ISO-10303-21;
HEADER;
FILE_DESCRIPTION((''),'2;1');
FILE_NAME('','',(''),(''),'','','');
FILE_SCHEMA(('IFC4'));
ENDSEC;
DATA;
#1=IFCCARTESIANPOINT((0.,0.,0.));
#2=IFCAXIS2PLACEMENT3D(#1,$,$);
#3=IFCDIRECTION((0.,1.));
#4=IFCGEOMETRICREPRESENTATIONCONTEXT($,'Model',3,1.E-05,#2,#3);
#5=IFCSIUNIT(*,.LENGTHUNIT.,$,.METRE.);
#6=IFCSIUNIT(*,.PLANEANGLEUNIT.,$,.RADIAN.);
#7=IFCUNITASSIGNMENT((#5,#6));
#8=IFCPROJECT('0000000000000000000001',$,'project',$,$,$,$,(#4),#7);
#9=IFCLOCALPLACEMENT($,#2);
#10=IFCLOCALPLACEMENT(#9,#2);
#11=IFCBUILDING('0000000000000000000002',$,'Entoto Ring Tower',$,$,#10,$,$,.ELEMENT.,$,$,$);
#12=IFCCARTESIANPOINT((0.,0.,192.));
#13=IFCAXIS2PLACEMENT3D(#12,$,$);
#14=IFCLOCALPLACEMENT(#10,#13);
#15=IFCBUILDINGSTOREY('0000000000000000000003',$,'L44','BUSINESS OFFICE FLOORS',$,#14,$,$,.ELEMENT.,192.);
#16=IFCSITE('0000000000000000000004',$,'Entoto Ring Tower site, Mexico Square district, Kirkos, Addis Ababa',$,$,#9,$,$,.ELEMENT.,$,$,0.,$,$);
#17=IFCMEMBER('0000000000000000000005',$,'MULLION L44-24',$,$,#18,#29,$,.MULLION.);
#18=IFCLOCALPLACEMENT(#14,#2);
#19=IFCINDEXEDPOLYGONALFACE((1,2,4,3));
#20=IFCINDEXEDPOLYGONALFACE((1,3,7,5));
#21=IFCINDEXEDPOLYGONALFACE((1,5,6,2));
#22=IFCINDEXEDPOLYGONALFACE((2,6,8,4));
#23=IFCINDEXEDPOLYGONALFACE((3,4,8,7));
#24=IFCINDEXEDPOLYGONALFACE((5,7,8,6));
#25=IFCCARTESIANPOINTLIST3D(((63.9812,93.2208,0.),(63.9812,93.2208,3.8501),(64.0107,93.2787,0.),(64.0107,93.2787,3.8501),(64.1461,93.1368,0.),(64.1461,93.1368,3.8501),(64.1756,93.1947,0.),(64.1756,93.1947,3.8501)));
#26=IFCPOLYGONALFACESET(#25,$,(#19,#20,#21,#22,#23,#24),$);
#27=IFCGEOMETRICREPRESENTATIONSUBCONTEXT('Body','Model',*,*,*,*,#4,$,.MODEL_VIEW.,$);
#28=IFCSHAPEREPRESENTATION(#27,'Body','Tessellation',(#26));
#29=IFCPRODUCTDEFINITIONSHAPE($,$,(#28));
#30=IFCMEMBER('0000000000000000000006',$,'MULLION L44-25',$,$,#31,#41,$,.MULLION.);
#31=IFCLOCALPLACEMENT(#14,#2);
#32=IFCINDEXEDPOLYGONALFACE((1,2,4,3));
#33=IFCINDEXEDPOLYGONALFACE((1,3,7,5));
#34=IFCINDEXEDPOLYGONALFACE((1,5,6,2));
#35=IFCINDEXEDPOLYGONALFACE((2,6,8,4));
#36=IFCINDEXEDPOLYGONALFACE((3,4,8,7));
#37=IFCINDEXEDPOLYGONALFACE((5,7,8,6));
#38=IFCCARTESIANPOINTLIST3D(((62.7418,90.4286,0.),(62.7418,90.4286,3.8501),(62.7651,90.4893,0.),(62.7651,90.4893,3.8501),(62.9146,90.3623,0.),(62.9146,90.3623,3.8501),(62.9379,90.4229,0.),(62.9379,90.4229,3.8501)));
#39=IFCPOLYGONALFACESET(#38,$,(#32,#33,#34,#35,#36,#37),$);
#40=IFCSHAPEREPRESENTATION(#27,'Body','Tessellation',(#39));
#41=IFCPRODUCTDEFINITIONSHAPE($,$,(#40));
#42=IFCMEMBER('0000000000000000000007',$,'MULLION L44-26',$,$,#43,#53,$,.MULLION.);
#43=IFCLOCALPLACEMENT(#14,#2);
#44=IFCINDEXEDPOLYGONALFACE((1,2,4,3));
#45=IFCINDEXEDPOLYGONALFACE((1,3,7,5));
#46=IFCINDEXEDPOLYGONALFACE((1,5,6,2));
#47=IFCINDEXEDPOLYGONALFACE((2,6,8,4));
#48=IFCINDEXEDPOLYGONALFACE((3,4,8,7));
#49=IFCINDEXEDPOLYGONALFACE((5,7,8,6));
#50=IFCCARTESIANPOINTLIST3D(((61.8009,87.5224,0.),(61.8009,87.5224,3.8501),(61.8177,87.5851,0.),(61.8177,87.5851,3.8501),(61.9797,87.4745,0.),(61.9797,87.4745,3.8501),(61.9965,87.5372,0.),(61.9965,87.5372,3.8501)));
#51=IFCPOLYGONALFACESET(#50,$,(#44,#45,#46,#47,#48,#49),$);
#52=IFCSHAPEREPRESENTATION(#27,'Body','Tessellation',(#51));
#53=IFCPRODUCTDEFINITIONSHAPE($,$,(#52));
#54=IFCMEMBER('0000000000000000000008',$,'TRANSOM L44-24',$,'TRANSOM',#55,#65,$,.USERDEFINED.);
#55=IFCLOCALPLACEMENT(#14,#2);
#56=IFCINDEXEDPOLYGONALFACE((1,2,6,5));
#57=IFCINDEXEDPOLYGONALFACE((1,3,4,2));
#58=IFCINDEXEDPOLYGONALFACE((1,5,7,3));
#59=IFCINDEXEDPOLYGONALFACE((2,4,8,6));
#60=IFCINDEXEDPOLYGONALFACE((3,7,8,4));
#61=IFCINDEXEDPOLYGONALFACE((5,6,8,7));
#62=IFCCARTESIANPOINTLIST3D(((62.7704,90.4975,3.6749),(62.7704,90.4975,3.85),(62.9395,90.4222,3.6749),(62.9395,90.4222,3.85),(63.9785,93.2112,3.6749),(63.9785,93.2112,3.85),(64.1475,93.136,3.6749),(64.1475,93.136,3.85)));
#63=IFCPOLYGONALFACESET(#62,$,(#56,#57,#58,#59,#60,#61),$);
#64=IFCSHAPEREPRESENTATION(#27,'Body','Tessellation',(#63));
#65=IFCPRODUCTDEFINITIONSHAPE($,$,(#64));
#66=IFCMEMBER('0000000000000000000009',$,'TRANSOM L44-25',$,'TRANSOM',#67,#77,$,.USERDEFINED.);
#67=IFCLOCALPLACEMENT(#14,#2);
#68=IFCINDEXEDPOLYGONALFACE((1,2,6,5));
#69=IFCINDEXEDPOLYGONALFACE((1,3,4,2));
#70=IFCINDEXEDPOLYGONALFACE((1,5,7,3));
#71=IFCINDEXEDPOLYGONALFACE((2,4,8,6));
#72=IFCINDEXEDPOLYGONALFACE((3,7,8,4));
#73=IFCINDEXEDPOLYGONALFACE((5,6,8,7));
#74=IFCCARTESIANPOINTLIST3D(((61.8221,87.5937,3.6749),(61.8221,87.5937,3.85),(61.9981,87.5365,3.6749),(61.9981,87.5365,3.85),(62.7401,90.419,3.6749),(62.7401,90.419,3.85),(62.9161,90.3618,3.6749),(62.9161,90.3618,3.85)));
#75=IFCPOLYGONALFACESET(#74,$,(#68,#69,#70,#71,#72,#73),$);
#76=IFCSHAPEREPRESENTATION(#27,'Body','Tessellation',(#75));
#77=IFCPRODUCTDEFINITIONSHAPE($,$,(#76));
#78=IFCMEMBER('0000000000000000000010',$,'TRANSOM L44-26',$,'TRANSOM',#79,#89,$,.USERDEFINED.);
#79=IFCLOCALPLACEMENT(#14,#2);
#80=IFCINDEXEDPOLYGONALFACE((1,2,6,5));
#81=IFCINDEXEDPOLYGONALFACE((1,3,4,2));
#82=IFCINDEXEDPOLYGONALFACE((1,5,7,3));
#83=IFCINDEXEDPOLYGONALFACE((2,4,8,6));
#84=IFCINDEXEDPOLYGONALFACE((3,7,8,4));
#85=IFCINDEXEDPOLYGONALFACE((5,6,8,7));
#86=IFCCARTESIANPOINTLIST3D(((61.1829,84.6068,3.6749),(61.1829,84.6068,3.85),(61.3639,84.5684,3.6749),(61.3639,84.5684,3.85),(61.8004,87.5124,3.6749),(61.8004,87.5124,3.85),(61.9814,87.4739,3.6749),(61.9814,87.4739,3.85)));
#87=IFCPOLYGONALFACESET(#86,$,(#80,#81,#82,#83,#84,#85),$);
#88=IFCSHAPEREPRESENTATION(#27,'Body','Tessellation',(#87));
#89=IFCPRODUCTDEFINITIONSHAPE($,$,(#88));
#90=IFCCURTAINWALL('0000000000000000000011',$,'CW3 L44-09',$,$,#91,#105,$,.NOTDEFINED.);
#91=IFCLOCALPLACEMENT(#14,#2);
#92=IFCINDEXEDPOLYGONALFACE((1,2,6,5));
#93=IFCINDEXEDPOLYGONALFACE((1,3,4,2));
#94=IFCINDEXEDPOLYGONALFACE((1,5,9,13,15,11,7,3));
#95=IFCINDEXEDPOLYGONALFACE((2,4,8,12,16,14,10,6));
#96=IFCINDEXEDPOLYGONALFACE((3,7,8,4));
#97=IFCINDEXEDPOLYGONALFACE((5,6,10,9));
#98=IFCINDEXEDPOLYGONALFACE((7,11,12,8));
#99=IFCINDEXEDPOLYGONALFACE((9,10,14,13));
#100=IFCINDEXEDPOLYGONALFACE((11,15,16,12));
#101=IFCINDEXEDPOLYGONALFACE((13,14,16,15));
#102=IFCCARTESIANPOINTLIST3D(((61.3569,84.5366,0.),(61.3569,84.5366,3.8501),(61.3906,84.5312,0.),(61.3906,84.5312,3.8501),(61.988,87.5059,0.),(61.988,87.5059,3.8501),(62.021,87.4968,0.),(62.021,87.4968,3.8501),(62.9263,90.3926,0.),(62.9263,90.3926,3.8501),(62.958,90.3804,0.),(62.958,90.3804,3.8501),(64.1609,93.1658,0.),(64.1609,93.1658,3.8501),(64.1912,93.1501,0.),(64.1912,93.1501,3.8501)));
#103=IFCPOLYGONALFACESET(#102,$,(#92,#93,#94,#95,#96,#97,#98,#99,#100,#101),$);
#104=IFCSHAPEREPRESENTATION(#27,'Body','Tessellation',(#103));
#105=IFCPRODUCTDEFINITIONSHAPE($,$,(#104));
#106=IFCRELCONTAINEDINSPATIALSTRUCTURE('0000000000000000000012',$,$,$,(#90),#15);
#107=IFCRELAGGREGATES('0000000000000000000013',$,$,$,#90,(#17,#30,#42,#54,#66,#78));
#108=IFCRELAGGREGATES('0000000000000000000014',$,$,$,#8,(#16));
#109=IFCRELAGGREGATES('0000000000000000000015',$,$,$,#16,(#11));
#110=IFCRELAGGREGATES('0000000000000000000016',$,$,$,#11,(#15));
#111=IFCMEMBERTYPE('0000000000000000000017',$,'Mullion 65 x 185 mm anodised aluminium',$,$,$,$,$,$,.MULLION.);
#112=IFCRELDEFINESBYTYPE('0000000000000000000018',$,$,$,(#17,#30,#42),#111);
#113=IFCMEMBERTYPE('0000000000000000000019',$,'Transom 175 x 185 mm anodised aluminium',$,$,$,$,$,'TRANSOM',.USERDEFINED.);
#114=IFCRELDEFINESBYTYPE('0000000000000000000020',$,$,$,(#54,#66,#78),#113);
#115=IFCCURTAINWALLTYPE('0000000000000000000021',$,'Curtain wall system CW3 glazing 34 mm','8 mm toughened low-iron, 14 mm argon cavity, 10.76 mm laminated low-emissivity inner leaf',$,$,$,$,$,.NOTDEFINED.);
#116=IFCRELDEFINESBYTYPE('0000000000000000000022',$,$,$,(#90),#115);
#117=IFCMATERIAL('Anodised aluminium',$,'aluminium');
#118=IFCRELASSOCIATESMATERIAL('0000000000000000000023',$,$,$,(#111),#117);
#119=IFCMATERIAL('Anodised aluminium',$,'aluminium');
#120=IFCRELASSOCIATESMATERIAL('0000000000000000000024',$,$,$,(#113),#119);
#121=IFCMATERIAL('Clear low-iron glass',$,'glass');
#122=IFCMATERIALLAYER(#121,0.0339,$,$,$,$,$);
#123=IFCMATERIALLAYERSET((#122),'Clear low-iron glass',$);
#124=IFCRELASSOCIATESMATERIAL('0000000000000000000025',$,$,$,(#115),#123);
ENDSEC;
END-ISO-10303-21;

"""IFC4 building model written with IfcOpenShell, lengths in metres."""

from ifc_helpers import new_model, si_unit, direction, frame, origin, origin_2d, place, context, subcontext, project, spatial, polyline, rectangle, outline, extrude, material, layer, layer_set, material_profile, profile_set, type_object, element, aggregate, save


model = new_model("IFC4")

# Units and contexts
model_context = context("Model", 3, precision=1e-05, world=origin(), true_north=direction((0.0, 1.0)))
body_context = subcontext(model_context, "Body", "Model", "MODEL_VIEW")
ifc_project = project(units=[si_unit("LENGTHUNIT", "METRE"), si_unit("PLANEANGLEUNIT", "RADIAN")], contexts=[model_context])

# Members
ifc_material_1 = material(Name="Anodised aluminium", Category="aluminium")
ifc_material_profile_1 = material_profile(ifc_material_1, rectangle(XDim=0.0649, YDim=0.1851, at=origin_2d()), Name="Mullion 65 x 185 mm anodised aluminium")
ifc_profile_set_1 = profile_set([ifc_material_profile_1], Name="Anodised aluminium")
member_type_1 = type_object("IfcMemberType", Name="Mullion 65 x 185 mm anodised aluminium", PredefinedType="MULLION", material=ifc_profile_set_1)
site_placement = place(None, origin())
building_placement = place(site_placement, origin())
storey_placement = place(building_placement, frame((0.0, 0.0, 192.0)))
member_1_placement = place(storey_placement, frame((64.0784, 93.2078, 0.0), z_axis=(0.0, 0.0, 1.0), x_axis=(-0.45399, -0.891007, 0.0)))
member_1 = element("IfcMember", 1, at=member_1_placement, type_object=member_type_1, Name="MULLION L44-24", PredefinedType="MULLION", context=body_context, shape_type="SweptSolid", body=[
    extrude(rectangle(XDim=0.0649, YDim=0.1851, at=origin_2d()), origin(), (0.0, 0.0, 1.0), 3.8501),
])
member_2_placement = place(storey_placement, frame((62.8398, 90.4258, 0.0), z_axis=(0.0, 0.0, 1.0), x_axis=(-0.358368, -0.93358, 0.0)))
member_2 = element("IfcMember", 2, at=member_2_placement, type_object=member_type_1, Name="MULLION L44-25", PredefinedType="MULLION", context=body_context, shape_type="SweptSolid", body=[
    extrude(rectangle(XDim=0.0649, YDim=0.1851, at=origin_2d()), origin(), (0.0, 0.0, 1.0), 3.8501),
])
member_3_placement = place(storey_placement, frame((61.8987, 87.5298, 0.0), z_axis=(0.0, 0.0, 1.0), x_axis=(-0.258819, -0.965926, 0.0)))
member_3 = element("IfcMember", 3, at=member_3_placement, type_object=member_type_1, Name="MULLION L44-26", PredefinedType="MULLION", context=body_context, shape_type="SweptSolid", body=[
    extrude(rectangle(XDim=0.0649, YDim=0.1851, at=origin_2d()), origin(), (0.0, 0.0, 1.0), 3.8501),
])
ifc_material_2 = material(Name="Anodised aluminium", Category="aluminium")
ifc_material_profile_2 = material_profile(ifc_material_2, rectangle(XDim=0.1851, YDim=0.175, at=origin_2d()), Name="Transom 175 x 185 mm anodised aluminium")
ifc_profile_set_2 = profile_set([ifc_material_profile_2], Name="Anodised aluminium")
member_type_2 = type_object("IfcMemberType", Name="Transom 175 x 185 mm anodised aluminium", ElementType="TRANSOM", PredefinedType="USERDEFINED", material=ifc_profile_set_2)
member_4_placement = place(storey_placement, frame((64.063, 93.1736, 3.7625), z_axis=(-0.406687, -0.913567, 0.0), x_axis=(0.913567, -0.406687, 0.0)))
member_4 = element("IfcMember", 4, at=member_4_placement, type_object=member_type_2, Name="TRANSOM L44-24", ObjectType="TRANSOM", PredefinedType="USERDEFINED", context=body_context, shape_type="SweptSolid", body=[
    extrude(rectangle(XDim=0.1851, YDim=0.175, at=origin_2d()), origin(), (0.0, 0.0, 1.0), 2.9705),
])
member_5_placement = place(storey_placement, frame((62.8281, 90.3904, 3.7625), z_axis=(-0.309019, -0.951056, 0.0), x_axis=(0.951056, -0.309019, 0.0)))
member_5 = element("IfcMember", 5, at=member_5_placement, type_object=member_type_2, Name="TRANSOM L44-25", ObjectType="TRANSOM", PredefinedType="USERDEFINED", context=body_context, shape_type="SweptSolid", body=[
    extrude(rectangle(XDim=0.1851, YDim=0.175, at=origin_2d()), origin(), (0.0, 0.0, 1.0), 2.9707),
])
member_6_placement = place(storey_placement, frame((61.8909, 87.4932, 3.7625), z_axis=(-0.207862, -0.978158, 0.0), x_axis=(0.978158, -0.207862, 0.0)))
member_6 = element("IfcMember", 6, at=member_6_placement, type_object=member_type_2, Name="TRANSOM L44-26", ObjectType="TRANSOM", PredefinedType="USERDEFINED", context=body_context, shape_type="SweptSolid", body=[
    extrude(rectangle(XDim=0.1851, YDim=0.175, at=origin_2d()), origin(), (0.0, 0.0, 1.0), 2.9705),
])

# Site, building, storey
site = spatial("IfcSite", under=ifc_project, at=site_placement, Name="Entoto Ring Tower site, Mexico Square district, Kirkos, Addis Ababa", CompositionType="ELEMENT", RefElevation=0.0)
building = spatial("IfcBuilding", under=site, at=building_placement, Name="Entoto Ring Tower", CompositionType="ELEMENT")
storey = spatial("IfcBuildingStorey", under=building, at=storey_placement, Name="L44", Description="BUSINESS OFFICE FLOORS", CompositionType="ELEMENT", Elevation=192.0)

# Curtain wall
ifc_material_3 = material(Name="Clear low-iron glass", Category="glass")
ifc_layer = layer(ifc_material_3, 0.0339)
ifc_layer_set = layer_set([ifc_layer], Name="Clear low-iron glass")
curtain_wall_type = type_object("IfcCurtainWallType", Name="Curtain wall system CW3 glazing 34 mm", Description="8 mm toughened low-iron, 14 mm argon cavity, 10.76 mm laminated low-emissivity inner leaf", PredefinedType="NOTDEFINED", material=ifc_layer_set)
curtain_wall_1_placement = place(storey_placement, origin())
curtain_wall_1 = element("IfcCurtainWall", 7, at=curtain_wall_1_placement, inside=storey, type_object=curtain_wall_type, Name="CW3 L44-09", PredefinedType="NOTDEFINED", context=body_context, shape_type="SweptSolid", body=[
    extrude(outline(polyline([(64.1609, 93.1658), (62.9263, 90.3926), (61.988, 87.5059), (61.3569, 84.5366), (61.3906, 84.5312), (62.021, 87.4968), (62.958, 90.3804), (64.1912, 93.1501), (64.1609, 93.1658)])), origin(), (0.0, 0.0, 1.0), 3.8501),
])
aggregate(curtain_wall_1, [member_1, member_2, member_3, member_4, member_5, member_6])

save(model, "model.ifc")
